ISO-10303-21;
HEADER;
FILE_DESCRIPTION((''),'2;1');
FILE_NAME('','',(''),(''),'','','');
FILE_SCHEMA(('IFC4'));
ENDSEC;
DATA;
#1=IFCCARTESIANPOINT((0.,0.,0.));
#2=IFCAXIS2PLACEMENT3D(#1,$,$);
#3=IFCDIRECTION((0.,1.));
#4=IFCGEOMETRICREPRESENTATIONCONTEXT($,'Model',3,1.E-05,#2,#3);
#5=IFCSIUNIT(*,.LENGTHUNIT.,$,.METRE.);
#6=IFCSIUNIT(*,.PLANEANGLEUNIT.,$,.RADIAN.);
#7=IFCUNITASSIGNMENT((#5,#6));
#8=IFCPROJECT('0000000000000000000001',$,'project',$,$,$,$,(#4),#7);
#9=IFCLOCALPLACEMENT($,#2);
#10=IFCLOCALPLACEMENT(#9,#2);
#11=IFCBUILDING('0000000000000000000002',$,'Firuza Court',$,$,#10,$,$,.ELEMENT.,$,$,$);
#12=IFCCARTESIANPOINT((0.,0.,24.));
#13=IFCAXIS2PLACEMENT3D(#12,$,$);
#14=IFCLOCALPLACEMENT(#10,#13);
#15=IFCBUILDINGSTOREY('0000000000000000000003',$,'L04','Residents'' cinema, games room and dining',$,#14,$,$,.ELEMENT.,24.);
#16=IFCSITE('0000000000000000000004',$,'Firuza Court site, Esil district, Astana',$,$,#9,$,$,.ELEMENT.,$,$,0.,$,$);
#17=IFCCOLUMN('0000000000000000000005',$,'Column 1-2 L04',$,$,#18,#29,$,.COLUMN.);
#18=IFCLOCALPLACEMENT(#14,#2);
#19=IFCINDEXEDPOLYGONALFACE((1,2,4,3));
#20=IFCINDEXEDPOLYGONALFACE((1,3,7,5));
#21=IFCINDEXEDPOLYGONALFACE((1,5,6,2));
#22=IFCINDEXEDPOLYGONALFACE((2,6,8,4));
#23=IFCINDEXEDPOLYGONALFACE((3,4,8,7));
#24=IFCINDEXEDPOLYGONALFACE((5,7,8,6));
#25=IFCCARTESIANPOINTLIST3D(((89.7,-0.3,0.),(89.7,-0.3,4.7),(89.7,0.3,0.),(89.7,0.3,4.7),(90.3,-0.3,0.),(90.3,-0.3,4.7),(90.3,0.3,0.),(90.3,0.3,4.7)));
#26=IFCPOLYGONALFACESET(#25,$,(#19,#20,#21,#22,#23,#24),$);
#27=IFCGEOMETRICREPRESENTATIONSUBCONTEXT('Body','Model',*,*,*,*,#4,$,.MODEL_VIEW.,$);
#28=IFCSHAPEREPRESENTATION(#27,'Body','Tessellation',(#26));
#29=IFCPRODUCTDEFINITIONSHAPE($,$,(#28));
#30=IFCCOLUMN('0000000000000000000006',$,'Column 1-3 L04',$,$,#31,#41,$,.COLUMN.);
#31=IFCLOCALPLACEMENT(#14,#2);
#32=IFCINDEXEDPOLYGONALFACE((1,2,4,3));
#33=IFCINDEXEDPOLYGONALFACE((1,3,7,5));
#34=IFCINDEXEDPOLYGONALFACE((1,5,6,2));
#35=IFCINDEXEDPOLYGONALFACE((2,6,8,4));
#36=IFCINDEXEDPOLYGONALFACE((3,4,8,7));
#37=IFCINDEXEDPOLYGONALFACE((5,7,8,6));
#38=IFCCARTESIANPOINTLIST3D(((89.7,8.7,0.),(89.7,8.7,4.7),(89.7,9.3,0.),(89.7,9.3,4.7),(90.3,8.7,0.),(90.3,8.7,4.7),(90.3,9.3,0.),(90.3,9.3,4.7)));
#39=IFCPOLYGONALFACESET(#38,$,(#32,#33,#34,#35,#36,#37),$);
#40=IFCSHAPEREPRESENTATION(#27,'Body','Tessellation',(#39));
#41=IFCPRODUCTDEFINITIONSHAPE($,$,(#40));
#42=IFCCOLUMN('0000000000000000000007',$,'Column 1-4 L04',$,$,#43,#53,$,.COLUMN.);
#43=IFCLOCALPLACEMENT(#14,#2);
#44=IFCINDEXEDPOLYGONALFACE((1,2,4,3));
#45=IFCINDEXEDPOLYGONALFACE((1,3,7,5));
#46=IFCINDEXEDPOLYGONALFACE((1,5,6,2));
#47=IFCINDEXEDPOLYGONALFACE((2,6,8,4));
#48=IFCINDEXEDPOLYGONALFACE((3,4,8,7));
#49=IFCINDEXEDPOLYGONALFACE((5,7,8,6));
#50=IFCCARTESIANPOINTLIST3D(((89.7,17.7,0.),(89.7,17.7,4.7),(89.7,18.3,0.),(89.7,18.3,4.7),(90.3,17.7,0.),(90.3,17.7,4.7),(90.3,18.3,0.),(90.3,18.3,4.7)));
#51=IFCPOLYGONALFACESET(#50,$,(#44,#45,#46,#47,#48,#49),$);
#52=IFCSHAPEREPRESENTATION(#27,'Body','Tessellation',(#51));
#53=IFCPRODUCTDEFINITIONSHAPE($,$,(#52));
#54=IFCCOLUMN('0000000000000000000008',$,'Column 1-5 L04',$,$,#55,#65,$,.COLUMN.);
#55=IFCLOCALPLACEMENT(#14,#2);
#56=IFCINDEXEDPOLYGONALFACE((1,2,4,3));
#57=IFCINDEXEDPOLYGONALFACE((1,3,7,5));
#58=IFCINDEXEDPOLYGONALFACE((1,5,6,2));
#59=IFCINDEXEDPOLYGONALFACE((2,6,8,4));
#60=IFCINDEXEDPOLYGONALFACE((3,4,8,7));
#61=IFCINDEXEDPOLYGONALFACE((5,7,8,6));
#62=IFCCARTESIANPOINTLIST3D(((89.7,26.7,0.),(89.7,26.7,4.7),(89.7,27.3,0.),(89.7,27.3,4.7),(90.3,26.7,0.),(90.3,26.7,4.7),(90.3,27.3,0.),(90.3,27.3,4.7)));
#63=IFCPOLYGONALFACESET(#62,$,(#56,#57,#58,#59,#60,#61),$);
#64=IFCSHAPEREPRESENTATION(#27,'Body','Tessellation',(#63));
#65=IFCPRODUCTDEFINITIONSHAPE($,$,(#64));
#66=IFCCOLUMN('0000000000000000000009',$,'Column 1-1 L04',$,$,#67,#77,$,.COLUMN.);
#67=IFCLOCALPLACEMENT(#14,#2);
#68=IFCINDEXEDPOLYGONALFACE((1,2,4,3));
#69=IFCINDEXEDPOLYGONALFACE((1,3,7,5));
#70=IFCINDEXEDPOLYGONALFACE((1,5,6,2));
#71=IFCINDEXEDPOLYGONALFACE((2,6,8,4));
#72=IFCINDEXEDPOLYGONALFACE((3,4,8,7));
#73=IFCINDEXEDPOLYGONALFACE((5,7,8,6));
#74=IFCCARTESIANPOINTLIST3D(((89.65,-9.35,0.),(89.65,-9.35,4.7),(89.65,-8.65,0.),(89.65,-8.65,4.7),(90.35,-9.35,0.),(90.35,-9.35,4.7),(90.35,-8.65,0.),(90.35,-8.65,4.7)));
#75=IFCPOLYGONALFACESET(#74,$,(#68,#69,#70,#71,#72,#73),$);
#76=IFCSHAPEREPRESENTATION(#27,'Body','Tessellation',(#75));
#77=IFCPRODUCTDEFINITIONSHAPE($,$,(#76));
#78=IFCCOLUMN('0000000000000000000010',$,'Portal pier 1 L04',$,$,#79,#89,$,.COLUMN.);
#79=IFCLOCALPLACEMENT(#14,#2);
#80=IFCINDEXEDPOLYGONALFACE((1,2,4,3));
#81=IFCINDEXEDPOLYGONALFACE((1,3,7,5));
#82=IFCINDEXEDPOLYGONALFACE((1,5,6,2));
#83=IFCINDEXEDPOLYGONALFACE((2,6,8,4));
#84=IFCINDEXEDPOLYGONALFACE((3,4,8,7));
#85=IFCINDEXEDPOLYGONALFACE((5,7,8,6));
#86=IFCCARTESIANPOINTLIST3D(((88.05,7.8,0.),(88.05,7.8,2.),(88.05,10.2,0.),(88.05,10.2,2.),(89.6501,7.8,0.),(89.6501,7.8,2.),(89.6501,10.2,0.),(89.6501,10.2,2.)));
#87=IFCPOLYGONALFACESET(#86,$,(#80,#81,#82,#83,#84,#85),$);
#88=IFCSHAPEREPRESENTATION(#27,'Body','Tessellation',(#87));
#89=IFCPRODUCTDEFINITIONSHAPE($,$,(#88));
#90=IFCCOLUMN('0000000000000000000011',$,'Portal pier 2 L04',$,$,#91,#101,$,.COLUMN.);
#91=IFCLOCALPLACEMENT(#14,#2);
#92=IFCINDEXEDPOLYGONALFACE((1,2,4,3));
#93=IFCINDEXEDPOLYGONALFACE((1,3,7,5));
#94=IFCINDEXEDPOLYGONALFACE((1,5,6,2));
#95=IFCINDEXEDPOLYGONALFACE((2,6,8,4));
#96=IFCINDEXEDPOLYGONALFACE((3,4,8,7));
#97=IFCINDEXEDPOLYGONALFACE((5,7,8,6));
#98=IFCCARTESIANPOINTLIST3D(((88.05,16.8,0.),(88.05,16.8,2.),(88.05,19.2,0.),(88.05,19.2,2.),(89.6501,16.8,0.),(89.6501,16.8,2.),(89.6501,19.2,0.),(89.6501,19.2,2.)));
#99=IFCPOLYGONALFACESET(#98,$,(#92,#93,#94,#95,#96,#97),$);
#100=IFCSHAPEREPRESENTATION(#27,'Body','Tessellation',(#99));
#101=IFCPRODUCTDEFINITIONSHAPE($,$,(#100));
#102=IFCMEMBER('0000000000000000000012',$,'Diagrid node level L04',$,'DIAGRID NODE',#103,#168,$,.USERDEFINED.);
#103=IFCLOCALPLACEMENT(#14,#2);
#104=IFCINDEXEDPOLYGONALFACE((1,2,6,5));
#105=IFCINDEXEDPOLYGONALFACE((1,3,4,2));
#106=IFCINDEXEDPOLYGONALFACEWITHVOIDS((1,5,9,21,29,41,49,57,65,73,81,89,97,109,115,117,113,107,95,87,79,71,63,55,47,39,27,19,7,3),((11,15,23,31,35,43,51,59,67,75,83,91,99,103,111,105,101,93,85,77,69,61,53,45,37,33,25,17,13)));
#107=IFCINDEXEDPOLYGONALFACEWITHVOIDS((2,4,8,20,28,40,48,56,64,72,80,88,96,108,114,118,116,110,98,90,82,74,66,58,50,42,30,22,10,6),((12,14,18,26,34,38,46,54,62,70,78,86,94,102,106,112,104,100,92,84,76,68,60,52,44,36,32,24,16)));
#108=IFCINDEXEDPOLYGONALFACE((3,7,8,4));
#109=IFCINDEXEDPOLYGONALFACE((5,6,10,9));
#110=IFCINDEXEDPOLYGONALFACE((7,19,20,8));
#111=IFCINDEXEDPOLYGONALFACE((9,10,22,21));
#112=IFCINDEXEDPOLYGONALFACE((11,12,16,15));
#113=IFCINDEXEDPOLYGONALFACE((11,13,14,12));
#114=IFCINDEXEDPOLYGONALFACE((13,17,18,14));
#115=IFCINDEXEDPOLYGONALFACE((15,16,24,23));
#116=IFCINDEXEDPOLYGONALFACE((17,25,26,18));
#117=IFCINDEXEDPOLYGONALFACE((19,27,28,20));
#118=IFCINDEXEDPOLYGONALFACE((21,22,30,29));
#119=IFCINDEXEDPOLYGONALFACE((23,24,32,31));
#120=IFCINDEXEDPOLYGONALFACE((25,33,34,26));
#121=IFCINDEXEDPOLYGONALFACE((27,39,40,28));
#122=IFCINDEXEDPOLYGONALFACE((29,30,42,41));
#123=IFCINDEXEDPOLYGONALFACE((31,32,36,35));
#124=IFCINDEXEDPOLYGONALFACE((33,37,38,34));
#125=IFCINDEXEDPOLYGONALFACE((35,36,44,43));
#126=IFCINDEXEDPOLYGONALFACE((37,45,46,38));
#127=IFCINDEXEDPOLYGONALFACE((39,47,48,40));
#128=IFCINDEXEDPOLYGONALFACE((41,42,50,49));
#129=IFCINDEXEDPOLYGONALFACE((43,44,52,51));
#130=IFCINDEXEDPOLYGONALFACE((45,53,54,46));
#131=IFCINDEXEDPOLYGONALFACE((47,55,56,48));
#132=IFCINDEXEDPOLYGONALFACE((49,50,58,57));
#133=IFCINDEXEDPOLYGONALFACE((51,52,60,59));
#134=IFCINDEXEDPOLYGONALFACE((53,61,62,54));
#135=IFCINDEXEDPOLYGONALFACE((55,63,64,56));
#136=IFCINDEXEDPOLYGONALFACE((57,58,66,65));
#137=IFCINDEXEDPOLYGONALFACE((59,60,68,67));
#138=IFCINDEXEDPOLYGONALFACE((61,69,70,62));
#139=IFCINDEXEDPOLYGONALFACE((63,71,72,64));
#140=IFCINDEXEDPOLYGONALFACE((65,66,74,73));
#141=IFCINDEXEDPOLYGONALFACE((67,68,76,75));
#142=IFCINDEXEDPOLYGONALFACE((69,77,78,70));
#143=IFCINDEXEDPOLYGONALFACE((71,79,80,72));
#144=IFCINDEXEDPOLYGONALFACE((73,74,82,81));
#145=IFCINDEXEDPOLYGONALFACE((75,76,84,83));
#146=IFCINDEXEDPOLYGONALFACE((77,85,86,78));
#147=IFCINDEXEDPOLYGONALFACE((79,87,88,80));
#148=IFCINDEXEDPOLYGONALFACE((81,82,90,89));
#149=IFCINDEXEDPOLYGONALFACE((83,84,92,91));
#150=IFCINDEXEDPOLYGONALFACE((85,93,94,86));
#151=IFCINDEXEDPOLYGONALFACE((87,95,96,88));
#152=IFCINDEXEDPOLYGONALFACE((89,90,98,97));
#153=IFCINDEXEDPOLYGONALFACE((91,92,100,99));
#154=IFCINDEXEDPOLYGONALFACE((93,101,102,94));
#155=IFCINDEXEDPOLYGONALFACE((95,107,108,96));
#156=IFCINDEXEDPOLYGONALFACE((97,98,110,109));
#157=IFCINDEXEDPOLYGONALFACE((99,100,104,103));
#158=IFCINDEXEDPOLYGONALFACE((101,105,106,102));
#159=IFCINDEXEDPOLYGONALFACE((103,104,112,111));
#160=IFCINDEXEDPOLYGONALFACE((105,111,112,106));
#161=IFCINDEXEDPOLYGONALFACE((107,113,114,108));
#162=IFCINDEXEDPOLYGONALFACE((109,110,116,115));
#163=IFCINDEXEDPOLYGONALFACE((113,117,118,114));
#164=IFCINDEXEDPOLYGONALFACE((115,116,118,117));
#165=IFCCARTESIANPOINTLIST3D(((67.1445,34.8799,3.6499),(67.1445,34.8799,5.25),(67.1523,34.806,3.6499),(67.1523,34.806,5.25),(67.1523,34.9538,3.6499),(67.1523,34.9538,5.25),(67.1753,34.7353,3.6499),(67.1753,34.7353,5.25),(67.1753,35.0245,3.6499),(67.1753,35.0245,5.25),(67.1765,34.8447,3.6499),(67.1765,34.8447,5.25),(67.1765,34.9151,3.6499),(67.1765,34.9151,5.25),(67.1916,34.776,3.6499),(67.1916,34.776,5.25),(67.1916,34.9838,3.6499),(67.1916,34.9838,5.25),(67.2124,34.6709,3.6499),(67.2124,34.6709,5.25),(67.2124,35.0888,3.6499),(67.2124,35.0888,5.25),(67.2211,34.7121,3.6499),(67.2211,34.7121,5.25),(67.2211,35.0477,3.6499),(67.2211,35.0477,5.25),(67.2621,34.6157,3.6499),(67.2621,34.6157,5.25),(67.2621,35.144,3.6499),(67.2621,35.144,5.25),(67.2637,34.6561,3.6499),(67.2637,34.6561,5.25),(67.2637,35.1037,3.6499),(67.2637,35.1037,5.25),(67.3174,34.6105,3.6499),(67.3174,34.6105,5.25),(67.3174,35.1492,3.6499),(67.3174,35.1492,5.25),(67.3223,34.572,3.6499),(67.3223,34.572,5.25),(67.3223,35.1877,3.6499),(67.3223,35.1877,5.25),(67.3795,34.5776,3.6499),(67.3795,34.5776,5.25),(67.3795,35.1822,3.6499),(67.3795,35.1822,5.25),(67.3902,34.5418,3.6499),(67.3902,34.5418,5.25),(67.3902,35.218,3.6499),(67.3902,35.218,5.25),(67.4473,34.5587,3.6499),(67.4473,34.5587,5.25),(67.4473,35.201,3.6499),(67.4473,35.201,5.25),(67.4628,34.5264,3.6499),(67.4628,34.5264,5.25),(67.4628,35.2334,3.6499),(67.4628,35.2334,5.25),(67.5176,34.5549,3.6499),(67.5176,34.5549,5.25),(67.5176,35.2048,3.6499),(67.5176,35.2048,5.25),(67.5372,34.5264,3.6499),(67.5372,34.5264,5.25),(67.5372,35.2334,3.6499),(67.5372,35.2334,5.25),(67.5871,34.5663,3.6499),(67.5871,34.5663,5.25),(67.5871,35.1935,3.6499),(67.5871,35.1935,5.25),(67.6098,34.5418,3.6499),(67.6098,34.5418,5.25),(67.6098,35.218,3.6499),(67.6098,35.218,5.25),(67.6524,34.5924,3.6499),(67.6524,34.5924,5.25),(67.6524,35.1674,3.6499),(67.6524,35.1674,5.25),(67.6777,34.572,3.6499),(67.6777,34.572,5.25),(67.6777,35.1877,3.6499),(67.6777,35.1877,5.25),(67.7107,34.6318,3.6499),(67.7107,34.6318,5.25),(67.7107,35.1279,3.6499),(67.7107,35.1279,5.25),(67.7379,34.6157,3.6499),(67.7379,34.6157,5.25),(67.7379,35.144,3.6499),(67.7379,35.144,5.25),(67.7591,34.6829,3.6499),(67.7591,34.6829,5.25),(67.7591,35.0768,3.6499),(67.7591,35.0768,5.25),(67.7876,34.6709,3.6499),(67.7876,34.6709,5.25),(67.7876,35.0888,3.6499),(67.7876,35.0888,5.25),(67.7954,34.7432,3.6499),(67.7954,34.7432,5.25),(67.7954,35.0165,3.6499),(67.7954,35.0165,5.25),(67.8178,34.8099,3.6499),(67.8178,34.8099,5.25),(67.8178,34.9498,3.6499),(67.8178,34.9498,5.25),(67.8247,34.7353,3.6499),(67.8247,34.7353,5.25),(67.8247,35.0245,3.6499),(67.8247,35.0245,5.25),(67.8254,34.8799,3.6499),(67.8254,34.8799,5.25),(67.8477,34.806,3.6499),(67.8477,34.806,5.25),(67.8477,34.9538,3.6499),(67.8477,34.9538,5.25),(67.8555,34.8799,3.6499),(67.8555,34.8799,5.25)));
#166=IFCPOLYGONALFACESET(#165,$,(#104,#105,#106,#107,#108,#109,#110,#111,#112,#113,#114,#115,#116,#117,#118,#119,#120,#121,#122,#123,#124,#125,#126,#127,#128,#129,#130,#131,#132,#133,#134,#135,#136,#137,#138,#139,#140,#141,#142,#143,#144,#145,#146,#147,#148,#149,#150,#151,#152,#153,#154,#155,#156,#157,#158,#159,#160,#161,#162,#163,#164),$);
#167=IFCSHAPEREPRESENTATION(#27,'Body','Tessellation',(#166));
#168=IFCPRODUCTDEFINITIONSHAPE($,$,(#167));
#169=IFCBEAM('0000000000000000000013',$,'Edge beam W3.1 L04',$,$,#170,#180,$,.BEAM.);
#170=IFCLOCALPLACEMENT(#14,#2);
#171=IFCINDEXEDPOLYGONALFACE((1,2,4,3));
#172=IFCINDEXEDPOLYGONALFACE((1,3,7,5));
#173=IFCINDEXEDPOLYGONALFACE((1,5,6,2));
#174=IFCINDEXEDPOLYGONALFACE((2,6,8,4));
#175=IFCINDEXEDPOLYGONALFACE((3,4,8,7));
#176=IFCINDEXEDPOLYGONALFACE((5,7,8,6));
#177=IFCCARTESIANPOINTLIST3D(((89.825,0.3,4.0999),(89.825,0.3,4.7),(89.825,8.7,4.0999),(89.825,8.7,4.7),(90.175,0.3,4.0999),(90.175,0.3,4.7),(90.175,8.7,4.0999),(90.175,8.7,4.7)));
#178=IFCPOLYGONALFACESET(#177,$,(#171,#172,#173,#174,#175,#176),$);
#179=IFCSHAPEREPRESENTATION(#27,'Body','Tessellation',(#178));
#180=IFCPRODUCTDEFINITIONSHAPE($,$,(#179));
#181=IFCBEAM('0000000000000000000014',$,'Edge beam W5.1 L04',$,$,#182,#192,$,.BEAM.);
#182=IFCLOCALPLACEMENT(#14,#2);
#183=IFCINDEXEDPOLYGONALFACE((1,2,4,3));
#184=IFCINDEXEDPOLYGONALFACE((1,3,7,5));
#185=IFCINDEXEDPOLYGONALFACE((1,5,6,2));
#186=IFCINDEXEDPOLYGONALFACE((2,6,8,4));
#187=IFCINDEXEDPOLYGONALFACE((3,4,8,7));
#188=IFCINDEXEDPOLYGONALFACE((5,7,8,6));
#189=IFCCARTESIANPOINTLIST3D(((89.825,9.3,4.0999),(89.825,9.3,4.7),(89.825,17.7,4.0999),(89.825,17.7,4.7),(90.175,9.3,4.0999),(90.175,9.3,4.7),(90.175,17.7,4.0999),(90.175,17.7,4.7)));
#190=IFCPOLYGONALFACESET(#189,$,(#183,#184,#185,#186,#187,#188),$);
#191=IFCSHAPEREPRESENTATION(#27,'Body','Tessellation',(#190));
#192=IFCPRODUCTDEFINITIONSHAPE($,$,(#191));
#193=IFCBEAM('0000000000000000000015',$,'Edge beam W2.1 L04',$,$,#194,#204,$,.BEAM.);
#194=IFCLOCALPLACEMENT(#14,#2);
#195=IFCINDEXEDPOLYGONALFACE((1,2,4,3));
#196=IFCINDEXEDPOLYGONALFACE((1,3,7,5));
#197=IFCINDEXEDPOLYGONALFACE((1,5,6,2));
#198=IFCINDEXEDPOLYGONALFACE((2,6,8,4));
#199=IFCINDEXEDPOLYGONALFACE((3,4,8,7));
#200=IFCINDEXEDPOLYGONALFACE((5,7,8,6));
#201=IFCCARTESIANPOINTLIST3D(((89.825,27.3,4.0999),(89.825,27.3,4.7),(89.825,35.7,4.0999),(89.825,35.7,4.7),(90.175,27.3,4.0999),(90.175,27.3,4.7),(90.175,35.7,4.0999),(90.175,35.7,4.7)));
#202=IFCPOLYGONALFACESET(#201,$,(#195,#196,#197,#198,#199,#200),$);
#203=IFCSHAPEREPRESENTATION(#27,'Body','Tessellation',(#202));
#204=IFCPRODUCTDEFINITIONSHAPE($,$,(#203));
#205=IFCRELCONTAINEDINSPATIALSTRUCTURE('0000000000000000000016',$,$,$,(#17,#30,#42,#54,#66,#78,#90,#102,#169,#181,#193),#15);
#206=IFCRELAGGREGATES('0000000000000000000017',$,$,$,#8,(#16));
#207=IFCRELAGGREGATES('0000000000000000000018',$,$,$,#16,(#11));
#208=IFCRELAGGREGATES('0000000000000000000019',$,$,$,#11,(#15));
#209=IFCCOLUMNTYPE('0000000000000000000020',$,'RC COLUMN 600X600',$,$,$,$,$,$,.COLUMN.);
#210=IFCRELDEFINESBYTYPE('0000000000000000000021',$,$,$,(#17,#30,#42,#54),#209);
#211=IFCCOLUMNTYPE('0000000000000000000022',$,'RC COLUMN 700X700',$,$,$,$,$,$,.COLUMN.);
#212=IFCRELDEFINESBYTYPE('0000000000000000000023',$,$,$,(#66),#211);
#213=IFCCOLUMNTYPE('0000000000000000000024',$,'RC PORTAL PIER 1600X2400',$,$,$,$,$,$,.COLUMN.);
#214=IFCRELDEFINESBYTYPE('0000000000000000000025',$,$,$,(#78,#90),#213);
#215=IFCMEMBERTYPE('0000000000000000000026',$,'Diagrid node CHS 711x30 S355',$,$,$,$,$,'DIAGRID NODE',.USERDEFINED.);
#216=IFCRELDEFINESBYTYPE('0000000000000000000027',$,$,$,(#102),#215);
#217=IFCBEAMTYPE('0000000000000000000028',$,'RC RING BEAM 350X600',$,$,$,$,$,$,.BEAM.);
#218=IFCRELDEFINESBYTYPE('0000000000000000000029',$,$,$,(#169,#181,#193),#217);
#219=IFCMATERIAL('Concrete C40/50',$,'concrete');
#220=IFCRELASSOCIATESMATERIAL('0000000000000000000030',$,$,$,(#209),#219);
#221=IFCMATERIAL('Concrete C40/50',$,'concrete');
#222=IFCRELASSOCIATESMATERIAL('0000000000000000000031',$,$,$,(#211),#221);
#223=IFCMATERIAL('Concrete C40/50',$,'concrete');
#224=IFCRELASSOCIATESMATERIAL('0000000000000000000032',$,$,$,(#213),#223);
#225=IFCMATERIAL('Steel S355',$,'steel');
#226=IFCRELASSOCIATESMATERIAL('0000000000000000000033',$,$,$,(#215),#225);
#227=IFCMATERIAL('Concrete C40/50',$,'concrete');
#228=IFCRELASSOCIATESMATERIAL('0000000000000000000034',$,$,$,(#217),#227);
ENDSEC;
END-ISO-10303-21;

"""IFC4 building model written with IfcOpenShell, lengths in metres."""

from ifc_helpers import new_model, si_unit, direction, frame, origin, origin_2d, place, context, subcontext, project, spatial, rectangle, hollow_circle, extrude, material, material_profile, profile_set, type_object, element, save


model = new_model("IFC4")

# Units and contexts
model_context = context("Model", 3, precision=1e-05, world=origin(), true_north=direction((0.0, 1.0)))
body_context = subcontext(model_context, "Body", "Model", "MODEL_VIEW")
ifc_project = project(units=[si_unit("LENGTHUNIT", "METRE"), si_unit("PLANEANGLEUNIT", "RADIAN")], contexts=[model_context])

# Site, building, storey
site_placement = place(None, origin())
site = spatial("IfcSite", under=ifc_project, at=site_placement, Name="Firuza Court site, Esil district, Astana", CompositionType="ELEMENT", RefElevation=0.0)
building_placement = place(site_placement, origin())
building = spatial("IfcBuilding", under=site, at=building_placement, Name="Firuza Court", CompositionType="ELEMENT")
storey_placement = place(building_placement, frame((0.0, 0.0, 24.0)))
storey = spatial("IfcBuildingStorey", under=building, at=storey_placement, Name="L04", Description="Residents' cinema, games room and dining", CompositionType="ELEMENT", Elevation=24.0)

# Columns
ifc_material_1 = material(Name="Concrete C40/50", Category="concrete")
ifc_material_profile_1 = material_profile(ifc_material_1, rectangle(XDim=0.6001, YDim=0.6001, at=origin_2d()), Name="RC 600X600")
ifc_profile_set_1 = profile_set([ifc_material_profile_1], Name="Concrete C40/50")
column_type_1 = type_object("IfcColumnType", Name="RC COLUMN 600X600", PredefinedType="COLUMN", material=ifc_profile_set_1)
for number, where, z_axis, x_axis, name in (
    (1, (90.0, 0.0, 0.0), (0.0, 0.0, 1.0), (1.0, 0.0, 0.0), "Column 1-2 L04"),
    (2, (90.0, 9.0, 0.0), (0.0, 0.0, 1.0), (1.0, 0.0, 0.0), "Column 1-3 L04"),
    (3, (90.0, 18.0, 0.0), (0.0, 0.0, 1.0), (1.0, 0.0, 0.0), "Column 1-4 L04"),
    (4, (90.0, 27.0, 0.0), (0.0, 0.0, 1.0), (1.0, 0.0, 0.0), "Column 1-5 L04"),
):
    element("IfcColumn", number, at=place(storey_placement, frame(where, z_axis=z_axis, x_axis=x_axis)), inside=storey, type_object=column_type_1, Name=name, PredefinedType="COLUMN", context=body_context, shape_type="SweptSolid", body=[
        extrude(rectangle(XDim=0.6001, YDim=0.6001, at=origin_2d()), origin(), (0.0, 0.0, 1.0), 4.7),
    ])
ifc_material_2 = material(Name="Concrete C40/50", Category="concrete")
ifc_material_profile_2 = material_profile(ifc_material_2, rectangle(XDim=0.7, YDim=0.7, at=origin_2d()), Name="RC 700X700")
ifc_profile_set_2 = profile_set([ifc_material_profile_2], Name="Concrete C40/50")
column_type_2 = type_object("IfcColumnType", Name="RC COLUMN 700X700", PredefinedType="COLUMN", material=ifc_profile_set_2)
column_placement = place(storey_placement, frame((90.0, -9.0, 0.0), z_axis=(0.0, 0.0, 1.0), x_axis=(1.0, 0.0, 0.0)))
element("IfcColumn", 5, at=column_placement, inside=storey, type_object=column_type_2, Name="Column 1-1 L04", PredefinedType="COLUMN", context=body_context, shape_type="SweptSolid", body=[
    extrude(rectangle(XDim=0.7, YDim=0.7, at=origin_2d()), origin(), (0.0, 0.0, 1.0), 4.7),
])
ifc_material_3 = material(Name="Concrete C40/50", Category="concrete")
ifc_material_profile_3 = material_profile(ifc_material_3, rectangle(XDim=1.6001, YDim=2.3999, at=origin_2d()), Name="RC 1600X2400")
ifc_profile_set_3 = profile_set([ifc_material_profile_3], Name="Concrete C40/50")
column_type_3 = type_object("IfcColumnType", Name="RC PORTAL PIER 1600X2400", PredefinedType="COLUMN", material=ifc_profile_set_3)
for number, where, z_axis, x_axis, name in (
    (6, (88.8501, 9.0, 0.0), (0.0, 0.0, 1.0), (1.0, 0.0, 0.0), "Portal pier 1 L04"),
    (7, (88.8501, 18.0, 0.0), (0.0, 0.0, 1.0), (1.0, 0.0, 0.0), "Portal pier 2 L04"),
):
    element("IfcColumn", number, at=place(storey_placement, frame(where, z_axis=z_axis, x_axis=x_axis)), inside=storey, type_object=column_type_3, Name=name, PredefinedType="COLUMN", context=body_context, shape_type="SweptSolid", body=[
        extrude(rectangle(XDim=1.6001, YDim=2.3999, at=origin_2d()), origin(), (0.0, 0.0, 1.0), 2.0),
    ])

# Member
ifc_material_4 = material(Name="Steel S355", Category="steel")
ifc_material_profile_4 = material_profile(ifc_material_4, hollow_circle(Radius=0.3555, WallThickness=0.03, at=origin_2d()), Name="CHS 711x30")
ifc_profile_set_4 = profile_set([ifc_material_profile_4], Name="Steel S355")
member_type_1 = type_object("IfcMemberType", Name="Diagrid node CHS 711x30 S355", ElementType="DIAGRID NODE", PredefinedType="USERDEFINED", material=ifc_profile_set_4)
member_1_placement = place(storey_placement, frame((67.5, 34.8799, 3.6499), z_axis=(0.0, 0.0, 1.0), x_axis=(1.0, 0.0, 0.0)))
element("IfcMember", 8, at=member_1_placement, inside=storey, type_object=member_type_1, Name="Diagrid node level L04", ObjectType="DIAGRID NODE", PredefinedType="USERDEFINED", context=body_context, shape_type="SweptSolid", body=[
    extrude(hollow_circle(Radius=0.3555, WallThickness=0.03, at=origin_2d()), origin(), (0.0, 0.0, 1.0), 1.6001),
])

# Beams
ifc_material_5 = material(Name="Concrete C40/50", Category="concrete")
ifc_material_profile_5 = material_profile(ifc_material_5, rectangle(XDim=0.3501, YDim=0.6001, at=origin_2d()), Name="RC 350X600")
ifc_profile_set_5 = profile_set([ifc_material_profile_5], Name="Concrete C40/50")
beam_type = type_object("IfcBeamType", Name="RC RING BEAM 350X600", PredefinedType="BEAM", material=ifc_profile_set_5)
for number, where, z_axis, x_axis, name in (
    (9, (90.0, 0.3, 4.3999), (0.0, 1.0, 0.0), (-1.0, 0.0, 0.0), "Edge beam W3.1 L04"),
    (10, (90.0, 9.3, 4.3999), (0.0, 1.0, 0.0), (-1.0, 0.0, 0.0), "Edge beam W5.1 L04"),
    (11, (90.0, 27.3, 4.3999), (0.0, 1.0, 0.0), (-1.0, 0.0, 0.0), "Edge beam W2.1 L04"),
):
    element("IfcBeam", number, at=place(storey_placement, frame(where, z_axis=z_axis, x_axis=x_axis)), inside=storey, type_object=beam_type, Name=name, PredefinedType="BEAM", context=body_context, shape_type="SweptSolid", body=[
        extrude(rectangle(XDim=0.3501, YDim=0.6001, at=origin_2d()), origin(), (0.0, 0.0, 1.0), 8.3999),
    ])

save(model, "model.ifc")
